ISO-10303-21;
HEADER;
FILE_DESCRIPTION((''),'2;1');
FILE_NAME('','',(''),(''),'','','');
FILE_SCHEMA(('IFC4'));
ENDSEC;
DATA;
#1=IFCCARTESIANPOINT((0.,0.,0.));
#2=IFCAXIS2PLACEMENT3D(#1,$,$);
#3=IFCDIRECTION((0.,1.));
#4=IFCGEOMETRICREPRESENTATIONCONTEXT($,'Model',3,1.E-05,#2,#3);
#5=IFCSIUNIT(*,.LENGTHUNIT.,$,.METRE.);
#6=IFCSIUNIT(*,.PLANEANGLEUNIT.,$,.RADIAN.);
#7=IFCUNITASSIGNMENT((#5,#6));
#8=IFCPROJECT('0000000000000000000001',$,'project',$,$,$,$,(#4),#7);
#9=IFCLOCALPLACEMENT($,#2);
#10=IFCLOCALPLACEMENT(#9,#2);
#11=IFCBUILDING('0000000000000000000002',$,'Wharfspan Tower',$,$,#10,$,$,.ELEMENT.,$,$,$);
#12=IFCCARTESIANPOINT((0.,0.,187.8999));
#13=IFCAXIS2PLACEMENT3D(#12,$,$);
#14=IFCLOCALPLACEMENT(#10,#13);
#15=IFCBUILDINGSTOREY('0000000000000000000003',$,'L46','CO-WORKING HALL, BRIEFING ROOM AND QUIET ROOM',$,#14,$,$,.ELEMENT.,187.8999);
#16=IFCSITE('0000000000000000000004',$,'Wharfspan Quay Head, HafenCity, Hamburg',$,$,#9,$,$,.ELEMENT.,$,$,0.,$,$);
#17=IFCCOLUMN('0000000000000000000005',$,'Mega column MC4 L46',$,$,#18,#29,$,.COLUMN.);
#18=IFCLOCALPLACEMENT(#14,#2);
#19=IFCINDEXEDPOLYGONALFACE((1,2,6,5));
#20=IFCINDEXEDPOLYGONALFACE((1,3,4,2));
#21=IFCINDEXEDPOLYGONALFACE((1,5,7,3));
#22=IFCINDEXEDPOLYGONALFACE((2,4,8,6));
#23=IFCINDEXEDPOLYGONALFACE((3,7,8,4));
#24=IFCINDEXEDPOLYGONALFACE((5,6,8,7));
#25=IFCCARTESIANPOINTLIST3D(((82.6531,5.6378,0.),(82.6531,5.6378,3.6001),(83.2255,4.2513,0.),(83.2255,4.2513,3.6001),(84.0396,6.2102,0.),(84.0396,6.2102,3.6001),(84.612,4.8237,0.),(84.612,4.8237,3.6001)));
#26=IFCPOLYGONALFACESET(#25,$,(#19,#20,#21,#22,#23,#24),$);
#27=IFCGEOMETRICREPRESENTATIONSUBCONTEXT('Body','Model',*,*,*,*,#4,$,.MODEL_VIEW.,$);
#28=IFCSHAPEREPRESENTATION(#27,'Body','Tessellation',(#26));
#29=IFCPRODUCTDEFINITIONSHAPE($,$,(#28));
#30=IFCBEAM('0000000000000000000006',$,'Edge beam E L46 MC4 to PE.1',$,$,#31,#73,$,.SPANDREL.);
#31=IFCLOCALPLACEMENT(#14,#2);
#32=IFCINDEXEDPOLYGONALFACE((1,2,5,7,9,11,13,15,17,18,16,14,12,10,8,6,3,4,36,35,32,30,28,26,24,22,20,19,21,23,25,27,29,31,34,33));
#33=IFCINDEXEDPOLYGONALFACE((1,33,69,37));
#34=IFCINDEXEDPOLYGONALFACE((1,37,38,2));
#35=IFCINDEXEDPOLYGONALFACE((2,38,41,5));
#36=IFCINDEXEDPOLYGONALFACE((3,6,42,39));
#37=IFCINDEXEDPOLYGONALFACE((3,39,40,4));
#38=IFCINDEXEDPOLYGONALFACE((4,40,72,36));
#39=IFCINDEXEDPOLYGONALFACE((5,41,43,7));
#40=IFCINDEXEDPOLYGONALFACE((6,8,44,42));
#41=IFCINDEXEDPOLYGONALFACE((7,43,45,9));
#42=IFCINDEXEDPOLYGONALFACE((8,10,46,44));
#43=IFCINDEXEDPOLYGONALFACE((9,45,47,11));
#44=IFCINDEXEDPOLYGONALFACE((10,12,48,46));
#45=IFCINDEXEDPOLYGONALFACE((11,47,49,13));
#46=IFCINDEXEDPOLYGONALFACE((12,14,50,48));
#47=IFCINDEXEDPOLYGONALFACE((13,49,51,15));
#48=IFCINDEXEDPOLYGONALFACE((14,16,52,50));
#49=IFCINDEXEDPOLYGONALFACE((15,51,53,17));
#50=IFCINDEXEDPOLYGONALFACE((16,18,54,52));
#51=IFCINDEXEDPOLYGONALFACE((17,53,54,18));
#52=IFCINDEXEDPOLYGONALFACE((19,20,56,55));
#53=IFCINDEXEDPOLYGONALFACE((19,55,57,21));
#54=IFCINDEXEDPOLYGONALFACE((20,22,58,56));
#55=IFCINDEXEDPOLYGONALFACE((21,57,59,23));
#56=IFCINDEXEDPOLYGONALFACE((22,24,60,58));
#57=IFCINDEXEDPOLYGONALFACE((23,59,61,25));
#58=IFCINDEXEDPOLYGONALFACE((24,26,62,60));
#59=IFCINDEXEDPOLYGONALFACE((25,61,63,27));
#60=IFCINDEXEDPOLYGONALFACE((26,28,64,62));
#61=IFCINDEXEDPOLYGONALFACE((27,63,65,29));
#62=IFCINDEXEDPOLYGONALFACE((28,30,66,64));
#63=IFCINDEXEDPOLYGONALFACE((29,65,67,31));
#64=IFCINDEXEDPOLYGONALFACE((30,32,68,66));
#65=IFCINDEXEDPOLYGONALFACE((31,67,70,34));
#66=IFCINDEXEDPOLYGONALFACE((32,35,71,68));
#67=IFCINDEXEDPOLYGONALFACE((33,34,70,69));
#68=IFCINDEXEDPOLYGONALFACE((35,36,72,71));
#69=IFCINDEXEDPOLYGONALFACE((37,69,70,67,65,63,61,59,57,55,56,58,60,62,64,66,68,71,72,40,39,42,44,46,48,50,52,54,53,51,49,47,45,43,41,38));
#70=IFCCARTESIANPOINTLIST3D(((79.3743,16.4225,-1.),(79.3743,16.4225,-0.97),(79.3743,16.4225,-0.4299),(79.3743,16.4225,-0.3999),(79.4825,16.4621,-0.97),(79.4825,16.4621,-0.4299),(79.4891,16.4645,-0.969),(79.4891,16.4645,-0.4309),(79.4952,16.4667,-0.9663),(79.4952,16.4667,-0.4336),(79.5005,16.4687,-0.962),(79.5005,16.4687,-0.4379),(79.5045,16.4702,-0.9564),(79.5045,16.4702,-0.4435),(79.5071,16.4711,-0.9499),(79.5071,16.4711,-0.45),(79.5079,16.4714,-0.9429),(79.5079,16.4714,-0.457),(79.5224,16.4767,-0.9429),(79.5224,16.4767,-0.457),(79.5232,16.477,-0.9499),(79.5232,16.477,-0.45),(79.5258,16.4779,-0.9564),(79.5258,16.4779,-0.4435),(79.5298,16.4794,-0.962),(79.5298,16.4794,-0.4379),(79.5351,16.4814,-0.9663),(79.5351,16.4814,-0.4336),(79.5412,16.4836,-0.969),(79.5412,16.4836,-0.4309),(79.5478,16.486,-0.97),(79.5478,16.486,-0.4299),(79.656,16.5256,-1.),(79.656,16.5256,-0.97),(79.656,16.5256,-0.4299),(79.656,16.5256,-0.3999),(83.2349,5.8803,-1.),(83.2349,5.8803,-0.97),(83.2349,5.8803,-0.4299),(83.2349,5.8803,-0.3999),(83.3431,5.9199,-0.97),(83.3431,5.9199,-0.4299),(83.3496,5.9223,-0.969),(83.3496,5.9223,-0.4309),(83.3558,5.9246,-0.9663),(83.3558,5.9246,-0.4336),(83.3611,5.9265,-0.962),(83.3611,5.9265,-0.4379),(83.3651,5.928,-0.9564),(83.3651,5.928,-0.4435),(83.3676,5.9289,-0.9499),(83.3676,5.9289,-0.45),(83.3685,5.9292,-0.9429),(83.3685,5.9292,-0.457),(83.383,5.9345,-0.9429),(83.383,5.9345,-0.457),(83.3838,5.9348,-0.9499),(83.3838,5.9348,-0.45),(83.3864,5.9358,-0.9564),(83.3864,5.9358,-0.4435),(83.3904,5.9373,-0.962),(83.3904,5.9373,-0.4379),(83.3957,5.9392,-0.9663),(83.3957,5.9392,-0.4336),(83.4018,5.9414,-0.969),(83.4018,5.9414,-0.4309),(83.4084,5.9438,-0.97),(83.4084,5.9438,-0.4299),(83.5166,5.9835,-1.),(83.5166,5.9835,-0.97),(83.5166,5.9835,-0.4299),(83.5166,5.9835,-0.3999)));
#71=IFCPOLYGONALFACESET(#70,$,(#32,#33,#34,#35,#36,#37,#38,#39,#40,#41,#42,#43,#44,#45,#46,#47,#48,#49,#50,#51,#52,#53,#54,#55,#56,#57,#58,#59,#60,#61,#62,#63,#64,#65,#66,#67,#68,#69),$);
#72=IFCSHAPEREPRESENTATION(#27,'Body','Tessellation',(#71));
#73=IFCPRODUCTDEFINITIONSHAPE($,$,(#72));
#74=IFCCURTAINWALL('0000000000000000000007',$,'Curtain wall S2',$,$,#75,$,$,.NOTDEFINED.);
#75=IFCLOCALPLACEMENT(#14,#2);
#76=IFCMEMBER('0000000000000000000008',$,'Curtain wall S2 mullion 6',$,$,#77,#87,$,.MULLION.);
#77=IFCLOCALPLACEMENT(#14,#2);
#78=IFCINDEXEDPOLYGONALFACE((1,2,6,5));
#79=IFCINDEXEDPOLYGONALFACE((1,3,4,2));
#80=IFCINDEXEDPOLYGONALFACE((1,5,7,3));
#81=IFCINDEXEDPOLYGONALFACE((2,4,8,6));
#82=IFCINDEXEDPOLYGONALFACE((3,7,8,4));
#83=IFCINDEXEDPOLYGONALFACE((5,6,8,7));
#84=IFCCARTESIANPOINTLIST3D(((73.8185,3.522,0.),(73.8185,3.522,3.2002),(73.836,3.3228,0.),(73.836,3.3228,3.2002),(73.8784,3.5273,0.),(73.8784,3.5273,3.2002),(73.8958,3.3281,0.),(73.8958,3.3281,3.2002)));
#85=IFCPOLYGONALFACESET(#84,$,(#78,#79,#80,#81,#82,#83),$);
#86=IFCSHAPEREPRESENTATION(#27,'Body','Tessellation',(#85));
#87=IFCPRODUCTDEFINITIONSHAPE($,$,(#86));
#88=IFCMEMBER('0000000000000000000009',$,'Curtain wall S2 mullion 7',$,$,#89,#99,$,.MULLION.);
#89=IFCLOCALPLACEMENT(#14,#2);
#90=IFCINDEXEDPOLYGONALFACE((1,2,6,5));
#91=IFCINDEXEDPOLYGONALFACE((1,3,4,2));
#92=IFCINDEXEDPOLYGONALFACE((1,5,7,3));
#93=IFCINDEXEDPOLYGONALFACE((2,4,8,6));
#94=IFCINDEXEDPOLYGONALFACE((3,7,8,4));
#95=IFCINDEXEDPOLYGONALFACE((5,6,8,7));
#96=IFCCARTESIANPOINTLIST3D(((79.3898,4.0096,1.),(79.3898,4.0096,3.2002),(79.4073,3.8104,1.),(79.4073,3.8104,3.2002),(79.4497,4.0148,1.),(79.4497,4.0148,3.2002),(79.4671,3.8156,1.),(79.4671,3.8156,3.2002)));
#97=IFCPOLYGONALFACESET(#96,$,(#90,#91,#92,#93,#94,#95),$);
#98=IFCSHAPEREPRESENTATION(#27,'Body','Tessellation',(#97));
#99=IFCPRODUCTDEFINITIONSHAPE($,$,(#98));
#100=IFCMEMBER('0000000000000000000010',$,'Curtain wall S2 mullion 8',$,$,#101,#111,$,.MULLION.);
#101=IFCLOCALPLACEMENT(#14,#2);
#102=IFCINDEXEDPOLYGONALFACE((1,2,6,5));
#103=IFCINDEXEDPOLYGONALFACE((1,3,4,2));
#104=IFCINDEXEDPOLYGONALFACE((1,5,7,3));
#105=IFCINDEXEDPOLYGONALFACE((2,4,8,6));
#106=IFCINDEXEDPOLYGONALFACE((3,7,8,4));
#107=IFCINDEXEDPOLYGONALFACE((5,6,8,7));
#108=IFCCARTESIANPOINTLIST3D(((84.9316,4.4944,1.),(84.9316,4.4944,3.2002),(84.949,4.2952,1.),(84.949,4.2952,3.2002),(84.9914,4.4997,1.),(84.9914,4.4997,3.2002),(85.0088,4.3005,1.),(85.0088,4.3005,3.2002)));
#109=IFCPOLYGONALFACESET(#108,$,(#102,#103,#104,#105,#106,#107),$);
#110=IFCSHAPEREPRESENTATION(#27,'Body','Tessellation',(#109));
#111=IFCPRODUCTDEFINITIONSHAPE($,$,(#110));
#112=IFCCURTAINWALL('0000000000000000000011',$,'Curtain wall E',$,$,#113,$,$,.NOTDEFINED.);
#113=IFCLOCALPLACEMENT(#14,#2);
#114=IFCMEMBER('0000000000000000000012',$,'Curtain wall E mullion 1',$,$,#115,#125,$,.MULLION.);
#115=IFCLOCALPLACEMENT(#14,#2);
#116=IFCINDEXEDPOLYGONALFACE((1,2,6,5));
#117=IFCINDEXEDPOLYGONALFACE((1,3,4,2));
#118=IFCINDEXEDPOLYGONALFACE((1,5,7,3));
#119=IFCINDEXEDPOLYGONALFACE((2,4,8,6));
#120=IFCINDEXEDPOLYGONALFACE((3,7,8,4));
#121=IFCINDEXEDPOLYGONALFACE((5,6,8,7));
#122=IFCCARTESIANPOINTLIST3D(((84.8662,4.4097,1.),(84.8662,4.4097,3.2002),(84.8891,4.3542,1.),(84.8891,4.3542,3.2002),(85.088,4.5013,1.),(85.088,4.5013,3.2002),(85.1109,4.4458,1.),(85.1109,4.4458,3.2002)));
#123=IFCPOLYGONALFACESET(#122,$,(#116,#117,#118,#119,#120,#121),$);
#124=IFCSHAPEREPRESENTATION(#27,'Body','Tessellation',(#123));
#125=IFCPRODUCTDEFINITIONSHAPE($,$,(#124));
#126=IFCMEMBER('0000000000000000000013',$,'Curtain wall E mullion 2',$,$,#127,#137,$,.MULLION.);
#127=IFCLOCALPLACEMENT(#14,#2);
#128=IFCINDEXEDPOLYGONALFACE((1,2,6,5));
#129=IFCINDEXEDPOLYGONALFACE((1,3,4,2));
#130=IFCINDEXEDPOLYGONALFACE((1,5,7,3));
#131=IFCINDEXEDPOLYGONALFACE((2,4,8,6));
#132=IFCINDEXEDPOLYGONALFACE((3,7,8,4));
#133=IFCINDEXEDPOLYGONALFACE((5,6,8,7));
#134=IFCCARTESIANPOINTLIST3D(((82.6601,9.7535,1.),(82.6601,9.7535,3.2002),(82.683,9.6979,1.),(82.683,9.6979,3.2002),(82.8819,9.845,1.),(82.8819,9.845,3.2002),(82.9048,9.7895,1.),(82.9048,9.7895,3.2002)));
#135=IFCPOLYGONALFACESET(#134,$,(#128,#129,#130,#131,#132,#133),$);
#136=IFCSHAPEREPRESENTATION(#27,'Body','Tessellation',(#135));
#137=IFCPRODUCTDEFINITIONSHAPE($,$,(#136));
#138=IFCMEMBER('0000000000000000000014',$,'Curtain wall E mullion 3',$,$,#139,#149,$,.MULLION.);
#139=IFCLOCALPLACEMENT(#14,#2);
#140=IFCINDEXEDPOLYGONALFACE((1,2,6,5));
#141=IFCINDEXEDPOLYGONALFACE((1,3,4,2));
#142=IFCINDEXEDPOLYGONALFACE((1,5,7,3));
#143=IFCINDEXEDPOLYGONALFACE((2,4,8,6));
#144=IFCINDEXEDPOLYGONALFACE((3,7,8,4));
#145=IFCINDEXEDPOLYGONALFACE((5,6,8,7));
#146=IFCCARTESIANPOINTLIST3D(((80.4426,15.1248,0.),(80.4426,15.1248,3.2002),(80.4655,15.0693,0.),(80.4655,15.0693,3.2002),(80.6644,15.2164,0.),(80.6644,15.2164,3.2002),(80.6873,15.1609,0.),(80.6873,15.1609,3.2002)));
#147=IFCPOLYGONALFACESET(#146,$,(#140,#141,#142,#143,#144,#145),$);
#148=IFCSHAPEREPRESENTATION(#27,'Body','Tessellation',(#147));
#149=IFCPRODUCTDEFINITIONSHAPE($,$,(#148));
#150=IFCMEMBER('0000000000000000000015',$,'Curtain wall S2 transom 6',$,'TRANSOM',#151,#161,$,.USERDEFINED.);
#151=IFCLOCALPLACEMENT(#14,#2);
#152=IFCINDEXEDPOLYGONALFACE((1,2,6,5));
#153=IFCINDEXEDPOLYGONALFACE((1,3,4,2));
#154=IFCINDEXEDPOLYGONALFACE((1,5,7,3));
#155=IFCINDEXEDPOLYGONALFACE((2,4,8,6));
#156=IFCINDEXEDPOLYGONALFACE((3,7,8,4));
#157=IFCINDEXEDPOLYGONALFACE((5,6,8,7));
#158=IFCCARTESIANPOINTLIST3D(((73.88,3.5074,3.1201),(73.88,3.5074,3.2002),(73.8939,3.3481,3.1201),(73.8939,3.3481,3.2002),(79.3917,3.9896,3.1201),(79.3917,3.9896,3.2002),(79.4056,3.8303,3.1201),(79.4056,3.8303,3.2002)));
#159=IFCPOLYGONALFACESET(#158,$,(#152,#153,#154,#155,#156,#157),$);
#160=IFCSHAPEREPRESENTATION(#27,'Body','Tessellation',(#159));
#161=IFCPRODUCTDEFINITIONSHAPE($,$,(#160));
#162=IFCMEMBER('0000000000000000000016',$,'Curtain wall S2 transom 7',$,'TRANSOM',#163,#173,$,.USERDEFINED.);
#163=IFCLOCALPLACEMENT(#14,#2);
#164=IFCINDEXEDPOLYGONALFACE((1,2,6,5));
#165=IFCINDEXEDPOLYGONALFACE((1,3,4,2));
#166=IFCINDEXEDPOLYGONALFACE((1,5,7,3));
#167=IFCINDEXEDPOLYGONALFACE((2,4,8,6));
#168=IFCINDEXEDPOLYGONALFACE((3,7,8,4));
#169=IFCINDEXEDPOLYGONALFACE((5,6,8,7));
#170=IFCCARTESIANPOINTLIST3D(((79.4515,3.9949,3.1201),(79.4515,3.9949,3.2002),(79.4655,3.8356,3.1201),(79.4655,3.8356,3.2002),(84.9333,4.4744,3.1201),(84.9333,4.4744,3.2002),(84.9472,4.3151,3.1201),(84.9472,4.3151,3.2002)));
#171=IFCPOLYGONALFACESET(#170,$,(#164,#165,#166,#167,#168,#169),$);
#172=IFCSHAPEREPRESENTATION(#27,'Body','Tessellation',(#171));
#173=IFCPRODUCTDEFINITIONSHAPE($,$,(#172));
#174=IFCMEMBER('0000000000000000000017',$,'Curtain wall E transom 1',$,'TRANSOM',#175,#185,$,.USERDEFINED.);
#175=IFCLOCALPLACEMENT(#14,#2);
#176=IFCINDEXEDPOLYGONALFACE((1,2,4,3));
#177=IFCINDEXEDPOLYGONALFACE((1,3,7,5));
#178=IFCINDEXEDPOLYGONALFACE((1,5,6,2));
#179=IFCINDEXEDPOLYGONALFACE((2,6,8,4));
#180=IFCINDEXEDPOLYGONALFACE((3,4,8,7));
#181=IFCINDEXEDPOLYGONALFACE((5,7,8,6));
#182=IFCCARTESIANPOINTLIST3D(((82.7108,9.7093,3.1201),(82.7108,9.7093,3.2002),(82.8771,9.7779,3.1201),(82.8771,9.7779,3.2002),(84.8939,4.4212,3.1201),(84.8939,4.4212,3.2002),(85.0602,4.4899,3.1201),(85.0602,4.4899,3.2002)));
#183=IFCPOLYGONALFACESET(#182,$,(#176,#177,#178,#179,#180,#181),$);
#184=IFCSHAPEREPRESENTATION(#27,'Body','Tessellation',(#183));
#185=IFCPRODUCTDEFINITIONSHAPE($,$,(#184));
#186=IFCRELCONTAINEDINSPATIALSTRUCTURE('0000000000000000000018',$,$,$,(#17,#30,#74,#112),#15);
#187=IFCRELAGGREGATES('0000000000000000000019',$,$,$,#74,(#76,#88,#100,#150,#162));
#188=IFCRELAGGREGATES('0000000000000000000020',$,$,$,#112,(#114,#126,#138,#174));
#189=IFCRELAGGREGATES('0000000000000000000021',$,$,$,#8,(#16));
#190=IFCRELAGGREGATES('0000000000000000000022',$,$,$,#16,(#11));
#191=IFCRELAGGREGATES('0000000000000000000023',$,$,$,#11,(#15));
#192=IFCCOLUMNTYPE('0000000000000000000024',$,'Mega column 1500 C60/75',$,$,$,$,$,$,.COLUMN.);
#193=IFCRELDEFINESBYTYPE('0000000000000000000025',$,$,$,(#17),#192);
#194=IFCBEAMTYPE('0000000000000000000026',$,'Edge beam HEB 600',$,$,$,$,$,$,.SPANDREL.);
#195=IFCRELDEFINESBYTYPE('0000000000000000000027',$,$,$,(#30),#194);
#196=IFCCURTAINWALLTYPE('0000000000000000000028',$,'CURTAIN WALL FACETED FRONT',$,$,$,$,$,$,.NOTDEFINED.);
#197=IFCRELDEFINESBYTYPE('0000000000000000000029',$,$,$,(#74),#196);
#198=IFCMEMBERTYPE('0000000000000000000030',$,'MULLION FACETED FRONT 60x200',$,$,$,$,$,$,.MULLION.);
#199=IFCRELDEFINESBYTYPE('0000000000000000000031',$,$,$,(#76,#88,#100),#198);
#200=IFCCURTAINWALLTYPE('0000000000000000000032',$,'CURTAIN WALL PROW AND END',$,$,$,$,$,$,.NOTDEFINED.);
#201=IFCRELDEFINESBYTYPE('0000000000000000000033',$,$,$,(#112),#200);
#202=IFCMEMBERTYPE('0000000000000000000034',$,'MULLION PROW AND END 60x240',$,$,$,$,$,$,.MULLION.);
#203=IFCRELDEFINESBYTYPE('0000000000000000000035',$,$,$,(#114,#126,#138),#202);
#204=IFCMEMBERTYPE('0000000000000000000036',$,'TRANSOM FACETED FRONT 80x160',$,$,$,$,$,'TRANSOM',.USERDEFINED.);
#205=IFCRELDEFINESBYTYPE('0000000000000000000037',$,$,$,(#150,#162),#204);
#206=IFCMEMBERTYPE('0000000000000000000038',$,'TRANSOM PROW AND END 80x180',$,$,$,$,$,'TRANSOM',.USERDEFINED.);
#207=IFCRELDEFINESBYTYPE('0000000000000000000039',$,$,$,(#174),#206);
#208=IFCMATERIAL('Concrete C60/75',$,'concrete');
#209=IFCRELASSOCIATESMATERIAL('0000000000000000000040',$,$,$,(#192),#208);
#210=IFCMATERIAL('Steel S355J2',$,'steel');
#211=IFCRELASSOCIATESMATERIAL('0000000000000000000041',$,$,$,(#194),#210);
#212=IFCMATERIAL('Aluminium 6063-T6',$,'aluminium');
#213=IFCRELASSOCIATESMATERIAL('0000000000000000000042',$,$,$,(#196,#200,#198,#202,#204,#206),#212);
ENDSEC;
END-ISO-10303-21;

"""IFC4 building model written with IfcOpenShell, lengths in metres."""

from ifc_helpers import new_model, si_unit, direction, frame, origin, origin_2d, place, context, subcontext, project, spatial, rectangle, i_section, extrude, material, material_profile, profile_set, type_object, element, aggregate, save


model = new_model("IFC4")

# Units and contexts
model_context = context("Model", 3, precision=1e-05, world=origin(), true_north=direction((0.0, 1.0)))
body_context = subcontext(model_context, "Body", "Model", "MODEL_VIEW")
ifc_project = project(units=[si_unit("LENGTHUNIT", "METRE"), si_unit("PLANEANGLEUNIT", "RADIAN")], contexts=[model_context])

# Site, building, storey
site_placement = place(None, origin())
site = spatial("IfcSite", under=ifc_project, at=site_placement, Name="Wharfspan Quay Head, HafenCity, Hamburg", CompositionType="ELEMENT", RefElevation=0.0)
building_placement = place(site_placement, origin())
building = spatial("IfcBuilding", under=site, at=building_placement, Name="Wharfspan Tower", CompositionType="ELEMENT")
storey_placement = place(building_placement, frame((0.0, 0.0, 187.8999)))
storey = spatial("IfcBuildingStorey", under=building, at=storey_placement, Name="L46", Description="CO-WORKING HALL, BRIEFING ROOM AND QUIET ROOM", CompositionType="ELEMENT", Elevation=187.8999)

# Column
ifc_material_1 = material(Name="Concrete C60/75", Category="concrete")
ifc_material_profile_1 = material_profile(ifc_material_1, rectangle(XDim=1.5, YDim=1.5, at=origin_2d()))
ifc_profile_set_1 = profile_set([ifc_material_profile_1], Name="Concrete C60/75")
column_type = type_object("IfcColumnType", Name="Mega column 1500 C60/75", PredefinedType="COLUMN", material=ifc_profile_set_1)
column_placement = place(storey_placement, frame((83.6326, 5.2307, 0.0), z_axis=(0.0, 0.0, 1.0), x_axis=(-0.381602, 0.924325, 0.0)))
element("IfcColumn", 1, at=column_placement, inside=storey, type_object=column_type, Name="Mega column MC4 L46", PredefinedType="COLUMN", context=body_context, shape_type="SweptSolid", body=[
    extrude(rectangle(XDim=1.5, YDim=1.5, at=origin_2d()), origin(), (0.0, 0.0, 1.0), 3.6001),
])

# Beam
ifc_material_2 = material(Name="Steel S355J2", Category="steel")
ifc_material_profile_2 = material_profile(ifc_material_2, i_section(OverallWidth=0.3, OverallDepth=0.6001, WebThickness=0.0154, FlangeThickness=0.03, FilletRadius=0.0271, at=origin_2d()))
ifc_profile_set_2 = profile_set([ifc_material_profile_2], Name="Steel S355J2")
beam_type = type_object("IfcBeamType", Name="Edge beam HEB 600", PredefinedType="SPANDREL", material=ifc_profile_set_2)
beam_placement = place(storey_placement, frame((83.3757, 5.9319, -0.7), z_axis=(-0.343871, 0.939017, 0.0), x_axis=(-0.939017, -0.343871, 0.0)))
element("IfcBeam", 2, at=beam_placement, inside=storey, type_object=beam_type, Name="Edge beam E L46 MC4 to PE.1", PredefinedType="SPANDREL", context=body_context, shape_type="SweptSolid", body=[
    extrude(i_section(OverallWidth=0.3, OverallDepth=0.6001, WebThickness=0.0154, FlangeThickness=0.03, FilletRadius=0.0271, at=origin_2d()), origin(), (0.0, 0.0, 1.0), 11.2268),
])

# Curtain walls, members
ifc_material_3 = material(Name="Aluminium 6063-T6", Category="aluminium")
curtain_wall_type_1 = type_object("IfcCurtainWallType", Name="CURTAIN WALL FACETED FRONT", PredefinedType="NOTDEFINED", material=ifc_material_3)
curtain_wall_1_placement = place(storey_placement, origin())
curtain_wall_1 = element("IfcCurtainWall", 3, at=curtain_wall_1_placement, inside=storey, type_object=curtain_wall_type_1, Name="Curtain wall S2", PredefinedType="NOTDEFINED")
ifc_material_profile_3 = material_profile(ifc_material_3, rectangle(XDim=0.2, YDim=0.0601, at=origin_2d()))
ifc_profile_set_3 = profile_set([ifc_material_profile_3], Name="Aluminium 6063-T6")
member_type_1 = type_object("IfcMemberType", Name="MULLION FACETED FRONT 60x200", PredefinedType="MULLION", material=ifc_profile_set_3)
member_1_placement = place(storey_placement, frame((73.8572, 3.425, 0.0), z_axis=(0.0, 0.0, 1.0), x_axis=(-0.087156, 0.996198, 0.0)))
member_1 = element("IfcMember", 4, at=member_1_placement, type_object=member_type_1, Name="Curtain wall S2 mullion 6", PredefinedType="MULLION", context=body_context, shape_type="SweptSolid", body=[
    extrude(rectangle(XDim=0.2, YDim=0.0601, at=origin_2d()), origin(), (0.0, 0.0, 1.0), 3.2002),
])
member_2_placement = place(storey_placement, frame((79.4285, 3.9126, 1.0), z_axis=(0.0, 0.0, 1.0), x_axis=(-0.087156, 0.996198, 0.0)))
member_2 = element("IfcMember", 5, at=member_2_placement, type_object=member_type_1, Name="Curtain wall S2 mullion 7", PredefinedType="MULLION", context=body_context, shape_type="SweptSolid", body=[
    extrude(rectangle(XDim=0.2, YDim=0.0601, at=origin_2d()), origin(), (0.0, 0.0, 1.0), 2.2002),
])
member_3_placement = place(storey_placement, frame((84.9702, 4.3975, 1.0), z_axis=(0.0, 0.0, 1.0), x_axis=(-0.087156, 0.996198, 0.0)))
member_3 = element("IfcMember", 6, at=member_3_placement, type_object=member_type_1, Name="Curtain wall S2 mullion 8", PredefinedType="MULLION", context=body_context, shape_type="SweptSolid", body=[
    extrude(rectangle(XDim=0.2, YDim=0.0601, at=origin_2d()), origin(), (0.0, 0.0, 1.0), 2.2002),
])
curtain_wall_type_2 = type_object("IfcCurtainWallType", Name="CURTAIN WALL PROW AND END", PredefinedType="NOTDEFINED", material=ifc_material_3)
curtain_wall_2_placement = place(storey_placement, origin())
curtain_wall_2 = element("IfcCurtainWall", 7, at=curtain_wall_2_placement, inside=storey, type_object=curtain_wall_type_2, Name="Curtain wall E", PredefinedType="NOTDEFINED")
ifc_material_profile_4 = material_profile(ifc_material_3, rectangle(XDim=0.24, YDim=0.0601, at=origin_2d()))
ifc_profile_set_4 = profile_set([ifc_material_profile_4], Name="Aluminium 6063-T6")
member_type_2 = type_object("IfcMemberType", Name="MULLION PROW AND END 60x240", PredefinedType="MULLION", material=ifc_profile_set_4)
member_4_placement = place(storey_placement, frame((84.9885, 4.4277, 1.0), z_axis=(0.0, 0.0, 1.0), x_axis=(-0.924325, -0.381602, 0.0)))
member_4 = element("IfcMember", 8, at=member_4_placement, type_object=member_type_2, Name="Curtain wall E mullion 1", PredefinedType="MULLION", context=body_context, shape_type="SweptSolid", body=[
    extrude(rectangle(XDim=0.24, YDim=0.0601, at=origin_2d()), origin(), (0.0, 0.0, 1.0), 2.2002),
])
member_5_placement = place(storey_placement, frame((82.7825, 9.7715, 1.0), z_axis=(0.0, 0.0, 1.0), x_axis=(-0.924325, -0.381602, 0.0)))
member_5 = element("IfcMember", 9, at=member_5_placement, type_object=member_type_2, Name="Curtain wall E mullion 2", PredefinedType="MULLION", context=body_context, shape_type="SweptSolid", body=[
    extrude(rectangle(XDim=0.24, YDim=0.0601, at=origin_2d()), origin(), (0.0, 0.0, 1.0), 2.2002),
])
member_6_placement = place(storey_placement, frame((80.5649, 15.1428, 0.0), z_axis=(0.0, 0.0, 1.0), x_axis=(-0.924325, -0.381602, 0.0)))
member_6 = element("IfcMember", 10, at=member_6_placement, type_object=member_type_2, Name="Curtain wall E mullion 3", PredefinedType="MULLION", context=body_context, shape_type="SweptSolid", body=[
    extrude(rectangle(XDim=0.24, YDim=0.0601, at=origin_2d()), origin(), (0.0, 0.0, 1.0), 3.2002),
])

# Members
ifc_material_profile_5 = material_profile(ifc_material_3, rectangle(XDim=0.1599, YDim=0.0801, at=origin_2d()))
ifc_profile_set_5 = profile_set([ifc_material_profile_5], Name="Aluminium 6063-T6")
member_type_3 = type_object("IfcMemberType", Name="TRANSOM FACETED FRONT 80x160", ElementType="TRANSOM", PredefinedType="USERDEFINED", material=ifc_profile_set_5)
member_7_placement = place(storey_placement, frame((73.887, 3.4277, 3.1602), z_axis=(0.996195, 0.087149, 0.0), x_axis=(-0.087149, 0.996195, 0.0)))
member_7 = element("IfcMember", 11, at=member_7_placement, type_object=member_type_3, Name="Curtain wall S2 transom 6", ObjectType="TRANSOM", PredefinedType="USERDEFINED", context=body_context, shape_type="SweptSolid", body=[
    extrude(rectangle(XDim=0.1599, YDim=0.0801, at=origin_2d()), origin(), (0.0, 0.0, 1.0), 5.5327),
])
member_8_placement = place(storey_placement, frame((79.4585, 3.9153, 3.1602), z_axis=(0.996196, 0.087139, 0.0), x_axis=(-0.087139, 0.996196, 0.0)))
member_8 = element("IfcMember", 12, at=member_8_placement, type_object=member_type_3, Name="Curtain wall S2 transom 7", ObjectType="TRANSOM", PredefinedType="USERDEFINED", context=body_context, shape_type="SweptSolid", body=[
    extrude(rectangle(XDim=0.1599, YDim=0.0801, at=origin_2d()), origin(), (0.0, 0.0, 1.0), 5.5027),
])
ifc_material_profile_6 = material_profile(ifc_material_3, rectangle(XDim=0.1799, YDim=0.0801, at=origin_2d()))
ifc_profile_set_6 = profile_set([ifc_material_profile_6], Name="Aluminium 6063-T6")
member_type_4 = type_object("IfcMemberType", Name="TRANSOM PROW AND END 80x180", ElementType="TRANSOM", PredefinedType="USERDEFINED", material=ifc_profile_set_6)
member_9_placement = place(storey_placement, frame((84.9771, 4.4556, 3.1602), z_axis=(-0.381595, 0.924329, 0.0), x_axis=(-0.924329, -0.381595, 0.0)))
member_9 = element("IfcMember", 13, at=member_9_placement, type_object=member_type_4, Name="Curtain wall E transom 1", ObjectType="TRANSOM", PredefinedType="USERDEFINED", context=body_context, shape_type="SweptSolid", body=[
    extrude(rectangle(XDim=0.1799, YDim=0.0801, at=origin_2d()), origin(), (0.0, 0.0, 1.0), 5.7209),
])

aggregate(curtain_wall_1, [member_1, member_2, member_3, member_7, member_8])
aggregate(curtain_wall_2, [member_4, member_5, member_6, member_9])

save(model, "model.ifc")
